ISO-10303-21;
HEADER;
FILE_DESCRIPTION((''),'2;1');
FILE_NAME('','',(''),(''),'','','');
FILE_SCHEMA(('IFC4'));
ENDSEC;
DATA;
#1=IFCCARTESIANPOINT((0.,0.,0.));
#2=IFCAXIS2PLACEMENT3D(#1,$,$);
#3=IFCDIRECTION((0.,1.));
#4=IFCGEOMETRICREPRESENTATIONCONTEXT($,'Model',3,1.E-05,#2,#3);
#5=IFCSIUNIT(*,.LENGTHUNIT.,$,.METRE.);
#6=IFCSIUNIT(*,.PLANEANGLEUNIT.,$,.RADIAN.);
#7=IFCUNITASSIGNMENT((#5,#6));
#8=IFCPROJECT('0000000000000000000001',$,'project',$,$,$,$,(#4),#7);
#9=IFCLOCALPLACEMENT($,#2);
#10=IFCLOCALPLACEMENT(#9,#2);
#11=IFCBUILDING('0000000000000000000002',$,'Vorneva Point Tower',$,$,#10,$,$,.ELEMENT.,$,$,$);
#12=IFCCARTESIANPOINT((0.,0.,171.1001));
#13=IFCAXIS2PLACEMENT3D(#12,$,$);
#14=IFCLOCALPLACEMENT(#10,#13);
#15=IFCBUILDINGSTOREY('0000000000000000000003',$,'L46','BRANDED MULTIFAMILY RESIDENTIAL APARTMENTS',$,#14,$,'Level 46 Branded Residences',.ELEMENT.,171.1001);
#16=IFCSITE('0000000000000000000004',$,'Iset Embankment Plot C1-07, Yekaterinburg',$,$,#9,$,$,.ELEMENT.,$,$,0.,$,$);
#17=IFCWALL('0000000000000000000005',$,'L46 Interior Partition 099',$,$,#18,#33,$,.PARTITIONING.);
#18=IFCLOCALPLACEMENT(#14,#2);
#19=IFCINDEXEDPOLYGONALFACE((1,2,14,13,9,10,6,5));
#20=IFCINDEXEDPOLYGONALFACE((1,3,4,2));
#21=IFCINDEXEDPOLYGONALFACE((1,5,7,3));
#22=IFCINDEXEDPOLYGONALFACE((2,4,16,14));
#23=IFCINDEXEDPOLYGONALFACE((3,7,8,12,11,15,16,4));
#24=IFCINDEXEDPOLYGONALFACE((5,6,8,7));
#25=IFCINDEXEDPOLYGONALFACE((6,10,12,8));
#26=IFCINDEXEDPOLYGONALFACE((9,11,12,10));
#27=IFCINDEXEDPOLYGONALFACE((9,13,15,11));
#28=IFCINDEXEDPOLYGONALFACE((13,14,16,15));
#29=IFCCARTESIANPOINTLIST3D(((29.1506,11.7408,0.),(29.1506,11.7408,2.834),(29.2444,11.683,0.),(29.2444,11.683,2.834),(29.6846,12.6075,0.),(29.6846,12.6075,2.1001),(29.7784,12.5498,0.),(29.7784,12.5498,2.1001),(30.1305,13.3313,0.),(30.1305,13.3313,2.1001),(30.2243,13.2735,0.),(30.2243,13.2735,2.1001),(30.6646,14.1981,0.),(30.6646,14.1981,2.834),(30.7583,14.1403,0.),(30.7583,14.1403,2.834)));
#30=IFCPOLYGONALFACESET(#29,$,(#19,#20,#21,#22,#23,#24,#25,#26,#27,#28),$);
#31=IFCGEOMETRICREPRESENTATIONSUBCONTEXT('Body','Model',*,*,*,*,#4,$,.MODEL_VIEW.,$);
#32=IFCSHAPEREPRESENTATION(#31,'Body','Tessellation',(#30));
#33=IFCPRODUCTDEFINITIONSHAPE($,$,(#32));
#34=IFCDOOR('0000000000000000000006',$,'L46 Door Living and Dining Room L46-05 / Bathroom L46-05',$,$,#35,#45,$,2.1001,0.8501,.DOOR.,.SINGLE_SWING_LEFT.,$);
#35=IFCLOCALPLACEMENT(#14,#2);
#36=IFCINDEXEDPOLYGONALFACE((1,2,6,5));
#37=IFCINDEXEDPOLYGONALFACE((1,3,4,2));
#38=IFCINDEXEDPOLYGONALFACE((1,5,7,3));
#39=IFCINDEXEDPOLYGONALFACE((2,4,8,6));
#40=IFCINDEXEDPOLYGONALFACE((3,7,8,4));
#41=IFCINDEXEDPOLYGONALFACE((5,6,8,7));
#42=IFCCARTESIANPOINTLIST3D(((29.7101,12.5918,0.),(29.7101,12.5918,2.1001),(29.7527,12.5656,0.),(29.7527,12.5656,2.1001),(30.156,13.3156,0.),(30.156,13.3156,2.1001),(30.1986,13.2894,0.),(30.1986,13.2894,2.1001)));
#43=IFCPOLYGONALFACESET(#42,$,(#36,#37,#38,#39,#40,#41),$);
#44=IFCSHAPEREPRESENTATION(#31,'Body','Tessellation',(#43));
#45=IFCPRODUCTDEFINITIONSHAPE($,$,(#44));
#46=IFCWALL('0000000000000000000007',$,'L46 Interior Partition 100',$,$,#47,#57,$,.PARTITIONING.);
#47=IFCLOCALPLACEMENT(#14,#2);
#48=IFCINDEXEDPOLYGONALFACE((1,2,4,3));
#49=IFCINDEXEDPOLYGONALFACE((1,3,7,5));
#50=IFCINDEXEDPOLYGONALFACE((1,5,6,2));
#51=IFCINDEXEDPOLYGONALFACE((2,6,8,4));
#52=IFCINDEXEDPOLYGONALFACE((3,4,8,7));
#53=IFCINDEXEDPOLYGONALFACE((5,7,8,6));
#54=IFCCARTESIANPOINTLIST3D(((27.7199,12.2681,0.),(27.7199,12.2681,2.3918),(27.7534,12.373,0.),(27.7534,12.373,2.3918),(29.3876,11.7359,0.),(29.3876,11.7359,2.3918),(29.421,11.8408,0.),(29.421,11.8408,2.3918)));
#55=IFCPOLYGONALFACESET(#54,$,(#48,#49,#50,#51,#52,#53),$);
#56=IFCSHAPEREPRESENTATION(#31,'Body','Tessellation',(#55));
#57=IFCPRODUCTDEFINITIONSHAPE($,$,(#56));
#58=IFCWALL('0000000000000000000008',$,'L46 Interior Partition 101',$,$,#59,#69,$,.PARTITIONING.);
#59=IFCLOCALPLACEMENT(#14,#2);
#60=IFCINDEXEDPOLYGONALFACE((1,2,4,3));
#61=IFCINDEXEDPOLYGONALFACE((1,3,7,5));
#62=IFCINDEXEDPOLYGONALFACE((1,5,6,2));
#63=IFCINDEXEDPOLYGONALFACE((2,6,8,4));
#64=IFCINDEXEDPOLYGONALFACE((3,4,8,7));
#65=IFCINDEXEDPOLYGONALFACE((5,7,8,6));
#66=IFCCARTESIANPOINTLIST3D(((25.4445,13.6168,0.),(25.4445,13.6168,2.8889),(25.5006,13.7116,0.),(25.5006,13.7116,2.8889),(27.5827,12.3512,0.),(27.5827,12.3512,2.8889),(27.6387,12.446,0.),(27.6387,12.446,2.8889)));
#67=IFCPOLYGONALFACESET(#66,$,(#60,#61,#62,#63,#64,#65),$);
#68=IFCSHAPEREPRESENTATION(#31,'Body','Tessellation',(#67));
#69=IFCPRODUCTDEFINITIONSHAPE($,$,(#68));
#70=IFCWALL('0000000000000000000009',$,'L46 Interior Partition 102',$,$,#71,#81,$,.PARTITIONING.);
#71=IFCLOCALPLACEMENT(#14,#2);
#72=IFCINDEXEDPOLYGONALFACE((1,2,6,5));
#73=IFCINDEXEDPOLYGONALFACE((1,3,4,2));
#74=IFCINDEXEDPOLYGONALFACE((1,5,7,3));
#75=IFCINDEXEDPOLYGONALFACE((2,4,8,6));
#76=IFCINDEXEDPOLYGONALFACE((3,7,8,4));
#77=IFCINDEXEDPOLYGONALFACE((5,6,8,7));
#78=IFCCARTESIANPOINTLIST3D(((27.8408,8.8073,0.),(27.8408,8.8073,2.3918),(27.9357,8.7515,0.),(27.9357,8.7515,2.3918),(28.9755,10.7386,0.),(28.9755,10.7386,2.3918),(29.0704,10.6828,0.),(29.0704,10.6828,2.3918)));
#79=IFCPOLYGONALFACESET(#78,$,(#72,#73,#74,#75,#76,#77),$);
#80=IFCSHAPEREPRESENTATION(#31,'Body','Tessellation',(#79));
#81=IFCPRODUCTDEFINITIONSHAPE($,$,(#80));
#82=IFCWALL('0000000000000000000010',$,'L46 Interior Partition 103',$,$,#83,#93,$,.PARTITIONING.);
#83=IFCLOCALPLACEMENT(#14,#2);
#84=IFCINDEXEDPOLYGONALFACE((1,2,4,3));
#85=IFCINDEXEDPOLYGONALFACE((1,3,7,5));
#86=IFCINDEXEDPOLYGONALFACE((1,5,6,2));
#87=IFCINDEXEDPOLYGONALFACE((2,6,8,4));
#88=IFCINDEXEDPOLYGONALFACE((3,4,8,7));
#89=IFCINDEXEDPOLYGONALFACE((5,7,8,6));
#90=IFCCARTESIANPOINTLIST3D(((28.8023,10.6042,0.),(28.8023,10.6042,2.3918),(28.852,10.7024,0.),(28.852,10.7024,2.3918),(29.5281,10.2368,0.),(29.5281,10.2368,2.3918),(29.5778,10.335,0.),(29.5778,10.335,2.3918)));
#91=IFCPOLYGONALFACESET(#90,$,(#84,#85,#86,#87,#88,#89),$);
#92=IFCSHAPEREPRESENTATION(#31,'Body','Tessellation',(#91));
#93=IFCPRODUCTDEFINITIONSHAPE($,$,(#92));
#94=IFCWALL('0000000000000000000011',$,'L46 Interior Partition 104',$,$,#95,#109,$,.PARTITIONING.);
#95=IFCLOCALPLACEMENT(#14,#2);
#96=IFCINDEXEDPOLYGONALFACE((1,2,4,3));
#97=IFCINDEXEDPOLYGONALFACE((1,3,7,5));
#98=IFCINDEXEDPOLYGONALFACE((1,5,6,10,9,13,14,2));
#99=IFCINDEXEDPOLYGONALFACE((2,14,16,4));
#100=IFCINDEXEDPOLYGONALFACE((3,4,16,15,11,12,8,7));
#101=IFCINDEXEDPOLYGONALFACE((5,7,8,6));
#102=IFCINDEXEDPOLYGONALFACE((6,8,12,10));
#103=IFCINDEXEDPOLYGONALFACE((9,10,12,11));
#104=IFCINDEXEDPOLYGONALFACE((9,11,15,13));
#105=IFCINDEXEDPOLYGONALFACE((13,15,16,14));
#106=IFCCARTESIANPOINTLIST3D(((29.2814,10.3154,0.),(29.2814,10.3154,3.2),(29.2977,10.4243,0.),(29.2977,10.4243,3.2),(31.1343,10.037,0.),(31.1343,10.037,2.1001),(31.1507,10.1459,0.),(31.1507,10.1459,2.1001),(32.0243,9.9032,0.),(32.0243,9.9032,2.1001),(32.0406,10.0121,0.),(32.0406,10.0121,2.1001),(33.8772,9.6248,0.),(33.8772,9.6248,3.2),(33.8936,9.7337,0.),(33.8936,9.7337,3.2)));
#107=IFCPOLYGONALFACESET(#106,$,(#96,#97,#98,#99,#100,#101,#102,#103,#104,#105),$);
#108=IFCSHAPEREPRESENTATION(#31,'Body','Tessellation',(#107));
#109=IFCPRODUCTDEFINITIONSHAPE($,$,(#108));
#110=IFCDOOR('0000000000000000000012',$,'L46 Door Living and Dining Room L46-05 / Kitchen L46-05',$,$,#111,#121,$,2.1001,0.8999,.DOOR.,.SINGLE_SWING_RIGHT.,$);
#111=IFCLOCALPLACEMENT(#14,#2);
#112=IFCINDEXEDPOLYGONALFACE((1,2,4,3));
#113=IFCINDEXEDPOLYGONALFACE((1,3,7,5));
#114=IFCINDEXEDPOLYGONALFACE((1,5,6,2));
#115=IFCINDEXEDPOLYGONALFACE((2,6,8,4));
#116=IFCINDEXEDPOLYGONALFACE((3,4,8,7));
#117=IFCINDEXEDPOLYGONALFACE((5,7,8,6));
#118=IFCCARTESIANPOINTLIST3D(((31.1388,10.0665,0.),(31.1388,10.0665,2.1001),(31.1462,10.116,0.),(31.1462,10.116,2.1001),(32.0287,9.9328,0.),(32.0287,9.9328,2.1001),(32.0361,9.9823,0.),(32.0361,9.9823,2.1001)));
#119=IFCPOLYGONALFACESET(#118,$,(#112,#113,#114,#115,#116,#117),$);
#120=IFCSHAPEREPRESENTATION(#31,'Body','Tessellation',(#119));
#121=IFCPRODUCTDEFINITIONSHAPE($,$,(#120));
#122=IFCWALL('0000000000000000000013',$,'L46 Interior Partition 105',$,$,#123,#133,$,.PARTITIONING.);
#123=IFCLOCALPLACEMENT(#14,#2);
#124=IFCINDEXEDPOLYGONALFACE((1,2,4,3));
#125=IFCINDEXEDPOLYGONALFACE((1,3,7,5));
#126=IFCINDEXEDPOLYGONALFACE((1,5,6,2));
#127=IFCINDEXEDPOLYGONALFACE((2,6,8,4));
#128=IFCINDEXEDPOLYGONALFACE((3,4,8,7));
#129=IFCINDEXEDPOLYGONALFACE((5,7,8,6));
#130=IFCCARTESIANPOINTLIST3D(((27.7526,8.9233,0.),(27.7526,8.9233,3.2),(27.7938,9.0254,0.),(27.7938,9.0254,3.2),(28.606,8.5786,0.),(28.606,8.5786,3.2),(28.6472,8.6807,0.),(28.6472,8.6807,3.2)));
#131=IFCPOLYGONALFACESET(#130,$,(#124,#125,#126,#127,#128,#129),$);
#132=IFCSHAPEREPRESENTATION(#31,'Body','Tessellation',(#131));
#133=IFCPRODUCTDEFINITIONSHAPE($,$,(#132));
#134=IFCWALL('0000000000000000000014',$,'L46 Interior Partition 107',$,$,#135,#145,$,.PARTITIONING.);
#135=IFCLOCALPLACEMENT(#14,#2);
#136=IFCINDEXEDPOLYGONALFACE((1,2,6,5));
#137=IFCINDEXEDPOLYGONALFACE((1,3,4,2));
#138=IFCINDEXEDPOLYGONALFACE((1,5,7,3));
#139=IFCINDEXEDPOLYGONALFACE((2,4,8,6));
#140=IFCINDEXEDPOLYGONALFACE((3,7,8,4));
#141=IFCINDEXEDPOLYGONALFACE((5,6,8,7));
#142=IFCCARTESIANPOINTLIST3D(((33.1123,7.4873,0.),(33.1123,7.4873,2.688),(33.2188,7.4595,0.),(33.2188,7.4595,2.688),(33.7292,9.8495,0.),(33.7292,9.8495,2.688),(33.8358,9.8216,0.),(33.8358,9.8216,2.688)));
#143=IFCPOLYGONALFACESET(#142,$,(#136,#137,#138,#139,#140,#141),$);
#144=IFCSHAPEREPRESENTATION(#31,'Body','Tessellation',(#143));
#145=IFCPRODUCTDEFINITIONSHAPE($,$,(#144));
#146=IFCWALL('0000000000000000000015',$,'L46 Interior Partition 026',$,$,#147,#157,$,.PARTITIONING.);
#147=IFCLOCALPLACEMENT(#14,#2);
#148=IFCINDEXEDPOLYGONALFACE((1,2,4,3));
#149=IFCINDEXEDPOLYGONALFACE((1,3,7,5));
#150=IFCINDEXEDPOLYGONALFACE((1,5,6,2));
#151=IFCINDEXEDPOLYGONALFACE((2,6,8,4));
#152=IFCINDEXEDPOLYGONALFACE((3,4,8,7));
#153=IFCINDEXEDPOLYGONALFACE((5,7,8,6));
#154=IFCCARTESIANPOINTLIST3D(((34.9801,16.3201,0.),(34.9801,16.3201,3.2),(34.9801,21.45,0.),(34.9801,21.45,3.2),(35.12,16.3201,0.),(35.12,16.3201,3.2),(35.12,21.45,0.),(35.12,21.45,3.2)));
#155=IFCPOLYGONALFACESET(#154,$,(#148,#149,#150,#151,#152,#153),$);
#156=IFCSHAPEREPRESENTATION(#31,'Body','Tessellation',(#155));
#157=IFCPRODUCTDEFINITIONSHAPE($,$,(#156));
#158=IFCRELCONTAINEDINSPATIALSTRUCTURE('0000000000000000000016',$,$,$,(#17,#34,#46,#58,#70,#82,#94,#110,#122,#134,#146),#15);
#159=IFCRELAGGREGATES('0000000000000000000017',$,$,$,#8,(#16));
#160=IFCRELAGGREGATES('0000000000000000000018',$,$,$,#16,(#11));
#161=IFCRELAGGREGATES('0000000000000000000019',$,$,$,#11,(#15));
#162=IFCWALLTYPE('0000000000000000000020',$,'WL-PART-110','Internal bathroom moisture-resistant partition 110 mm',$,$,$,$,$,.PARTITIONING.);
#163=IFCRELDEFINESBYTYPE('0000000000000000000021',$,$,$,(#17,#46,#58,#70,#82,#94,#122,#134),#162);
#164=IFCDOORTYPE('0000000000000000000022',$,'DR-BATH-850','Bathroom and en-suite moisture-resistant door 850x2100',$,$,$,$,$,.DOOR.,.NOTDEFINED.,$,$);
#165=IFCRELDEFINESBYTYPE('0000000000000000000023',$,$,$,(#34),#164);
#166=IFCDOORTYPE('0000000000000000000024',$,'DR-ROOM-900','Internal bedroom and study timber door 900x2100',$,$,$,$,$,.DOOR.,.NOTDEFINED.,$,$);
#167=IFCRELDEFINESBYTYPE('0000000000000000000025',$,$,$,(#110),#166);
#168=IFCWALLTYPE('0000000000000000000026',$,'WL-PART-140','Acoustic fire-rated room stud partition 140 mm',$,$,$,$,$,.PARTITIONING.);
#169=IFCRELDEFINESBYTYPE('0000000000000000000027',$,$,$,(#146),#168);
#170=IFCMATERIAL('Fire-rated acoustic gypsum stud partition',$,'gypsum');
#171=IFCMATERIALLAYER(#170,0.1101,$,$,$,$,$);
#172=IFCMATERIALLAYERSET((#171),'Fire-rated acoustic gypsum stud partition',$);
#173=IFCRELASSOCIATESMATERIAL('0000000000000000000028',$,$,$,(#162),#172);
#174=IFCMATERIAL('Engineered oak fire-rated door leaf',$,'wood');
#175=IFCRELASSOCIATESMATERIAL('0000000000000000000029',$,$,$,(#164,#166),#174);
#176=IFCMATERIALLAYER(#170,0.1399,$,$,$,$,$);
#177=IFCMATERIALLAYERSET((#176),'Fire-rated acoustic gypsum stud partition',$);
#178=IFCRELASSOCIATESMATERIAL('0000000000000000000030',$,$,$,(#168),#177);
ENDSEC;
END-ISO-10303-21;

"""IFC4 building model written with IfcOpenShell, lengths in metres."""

from ifc_helpers import new_model, si_unit, direction, frame, frame_2d, origin, place, context, subcontext, project, spatial, rectangle, extrude, material, layer, layer_set, type_object, element, fill, save


model = new_model("IFC4")

# Units and contexts
model_context = context("Model", 3, precision=1e-05, world=origin(), true_north=direction((0.0, 1.0)))
body_context = subcontext(model_context, "Body", "Model", "MODEL_VIEW")
ifc_project = project(units=[si_unit("LENGTHUNIT", "METRE"), si_unit("PLANEANGLEUNIT", "RADIAN")], contexts=[model_context])

# Site, building, storey
site_placement = place(None, origin())
site = spatial("IfcSite", under=ifc_project, at=site_placement, Name="Iset Embankment Plot C1-07, Yekaterinburg", CompositionType="ELEMENT", RefElevation=0.0)
building_placement = place(site_placement, origin())
building = spatial("IfcBuilding", under=site, at=building_placement, Name="Vorneva Point Tower", CompositionType="ELEMENT")
storey_placement = place(building_placement, frame((0.0, 0.0, 171.1001)))
storey = spatial("IfcBuildingStorey", under=building, at=storey_placement, Name="L46", Description="BRANDED MULTIFAMILY RESIDENTIAL APARTMENTS", LongName="Level 46 Branded Residences", CompositionType="ELEMENT", Elevation=171.1001)

# Wall, opening, door
ifc_material_1 = material(Name="Fire-rated acoustic gypsum stud partition", Category="gypsum")
ifc_layer_1 = layer(ifc_material_1, 0.1101)
ifc_layer_set_1 = layer_set([ifc_layer_1], Name="Fire-rated acoustic gypsum stud partition")
wall_type_1 = type_object("IfcWallType", Name="WL-PART-110", Description="Internal bathroom moisture-resistant partition 110 mm", PredefinedType="PARTITIONING", material=ifc_layer_set_1)
wall_1_placement = place(storey_placement, frame((30.7114, 14.1692, 0.0), z_axis=(0.0, 0.0, 1.0), x_axis=(-0.524536, -0.851388, 0.0)))
wall_1 = element("IfcWall", 1, at=wall_1_placement, inside=storey, type_object=wall_type_1, Name="L46 Interior Partition 099", PredefinedType="PARTITIONING", context=body_context, shape_type="SweptSolid", body=[
    extrude(rectangle(XDim=2.8862, YDim=0.1101, at=frame_2d((1.4431, 0.0))), origin(), (0.0, 0.0, 1.0), 2.834),
])
opening_1_placement = place(wall_1_placement, frame((1.0181, 0.0, 0.0)))
opening_1 = element("IfcOpeningElement", 2, at=opening_1_placement, cuts=wall_1, PredefinedType="OPENING", context=body_context, shape_type="SweptSolid", body=[
    extrude(rectangle(XDim=0.8501, YDim=2.1001, at=frame_2d((0.425, 1.05))), frame((0.0, 0.0698, 0.0), z_axis=(0.0, -1.0, 0.0), x_axis=(1.0, 0.0, 0.0)), (0.0, 0.0, 1.0), 0.1399),
])
ifc_material_2 = material(Name="Engineered oak fire-rated door leaf", Category="wood")
door_type_1 = type_object("IfcDoorType", Name="DR-BATH-850", Description="Bathroom and en-suite moisture-resistant door 850x2100", OperationType="NOTDEFINED", PredefinedType="DOOR", material=ifc_material_2)
door_1_placement = place(opening_1_placement, origin())
door_1 = element("IfcDoor", 3, at=door_1_placement, inside=storey, type_object=door_type_1, Name="L46 Door Living and Dining Room L46-05 / Bathroom L46-05", OperationType="SINGLE_SWING_LEFT", OverallHeight=2.1001, OverallWidth=0.8501, PredefinedType="DOOR", context=body_context, shape_type="SweptSolid", body=[
    extrude(rectangle(XDim=0.8501, YDim=2.1001, at=frame_2d((0.425, 1.05))), frame((0.0, 0.0249, 0.0), z_axis=(0.0, -1.0, 0.0), x_axis=(1.0, 0.0, 0.0)), (0.0, 0.0, 1.0), 0.05),
])
fill(opening_1, door_1)

# Walls
wall_2_placement = place(storey_placement, frame((29.4043, 11.7883, 0.0), z_axis=(0.0, 0.0, 1.0), x_axis=(-0.952664, 0.304027, 0.0)))
element("IfcWall", 4, at=wall_2_placement, inside=storey, type_object=wall_type_1, Name="L46 Interior Partition 100", PredefinedType="PARTITIONING", context=body_context, shape_type="SweptSolid", body=[
    extrude(rectangle(XDim=1.7505, YDim=0.1101, at=frame_2d((0.8752, 0.0))), origin(), (0.0, 0.0, 1.0), 2.3918),
])
wall_3_placement = place(storey_placement, frame((27.6106, 12.3987, 0.0), z_axis=(0.0, 0.0, 1.0), x_axis=(-0.860547, 0.509371, 0.0)))
element("IfcWall", 5, at=wall_3_placement, inside=storey, type_object=wall_type_1, Name="L46 Interior Partition 101", PredefinedType="PARTITIONING", context=body_context, shape_type="SweptSolid", body=[
    extrude(rectangle(XDim=2.4846, YDim=0.1101, at=frame_2d((1.2422, 0.0))), origin(), (0.0, 0.0, 1.0), 2.8889),
])
wall_4_placement = place(storey_placement, frame((27.8882, 8.7793, 0.0), z_axis=(0.0, 0.0, 1.0), x_axis=(0.506572, 0.862197, 0.0)))
element("IfcWall", 6, at=wall_4_placement, inside=storey, type_object=wall_type_1, Name="L46 Interior Partition 102", PredefinedType="PARTITIONING", context=body_context, shape_type="SweptSolid", body=[
    extrude(rectangle(XDim=2.24, YDim=0.1101, at=frame_2d((1.1201, 0.0))), origin(), (0.0, 0.0, 1.0), 2.3918),
])
wall_5_placement = place(storey_placement, frame((28.8271, 10.6533, 0.0), z_axis=(0.0, 0.0, 1.0), x_axis=(0.892195, -0.45165, 0.0)))
element("IfcWall", 7, at=wall_5_placement, inside=storey, type_object=wall_type_1, Name="L46 Interior Partition 103", PredefinedType="PARTITIONING", context=body_context, shape_type="SweptSolid", body=[
    extrude(rectangle(XDim=0.8135, YDim=0.1101, at=frame_2d((0.4067, 0.0))), origin(), (0.0, 0.0, 1.0), 2.3918),
])

# Wall, opening, door
wall_6_placement = place(storey_placement, frame((29.2896, 10.3699, 0.0), z_axis=(0.0, 0.0, 1.0), x_axis=(0.988896, -0.14861, 0.0)))
wall_6 = element("IfcWall", 8, at=wall_6_placement, inside=storey, type_object=wall_type_1, Name="L46 Interior Partition 104", PredefinedType="PARTITIONING", context=body_context, shape_type="SweptSolid", body=[
    extrude(rectangle(XDim=4.6475, YDim=0.1101, at=frame_2d((2.3237, 0.0))), origin(), (0.0, 0.0, 1.0), 3.2),
])
opening_2_placement = place(wall_6_placement, frame((1.8738, 0.0, 0.0)))
opening_2 = element("IfcOpeningElement", 9, at=opening_2_placement, cuts=wall_6, PredefinedType="OPENING", context=body_context, shape_type="SweptSolid", body=[
    extrude(rectangle(XDim=0.8999, YDim=2.1001, at=frame_2d((0.45, 1.05))), frame((0.0, 0.0698, 0.0), z_axis=(0.0, -1.0, 0.0), x_axis=(1.0, 0.0, 0.0)), (0.0, 0.0, 1.0), 0.1399),
])
door_type_2 = type_object("IfcDoorType", Name="DR-ROOM-900", Description="Internal bedroom and study timber door 900x2100", OperationType="NOTDEFINED", PredefinedType="DOOR", material=ifc_material_2)
door_2_placement = place(opening_2_placement, origin())
door_2 = element("IfcDoor", 10, at=door_2_placement, inside=storey, type_object=door_type_2, Name="L46 Door Living and Dining Room L46-05 / Kitchen L46-05", OperationType="SINGLE_SWING_RIGHT", OverallHeight=2.1001, OverallWidth=0.8999, PredefinedType="DOOR", context=body_context, shape_type="SweptSolid", body=[
    extrude(rectangle(XDim=0.8999, YDim=2.1001, at=frame_2d((0.45, 1.05))), frame((0.0, 0.0249, 0.0), z_axis=(0.0, -1.0, 0.0), x_axis=(1.0, 0.0, 0.0)), (0.0, 0.0, 1.0), 0.05),
])
fill(opening_2, door_2)

# Walls
wall_7_placement = place(storey_placement, frame((27.7732, 8.9744, 0.0), z_axis=(0.0, 0.0, 1.0), x_axis=(0.927228, -0.374498, 0.0)))
element("IfcWall", 11, at=wall_7_placement, inside=storey, type_object=wall_type_1, Name="L46 Interior Partition 105", PredefinedType="PARTITIONING", context=body_context, shape_type="SweptSolid", body=[
    extrude(rectangle(XDim=0.9204, YDim=0.1101, at=frame_2d((0.4602, 0.0))), origin(), (0.0, 0.0, 1.0), 3.2),
])
wall_8_placement = place(storey_placement, frame((33.1655, 7.4734, 0.0), z_axis=(0.0, 0.0, 1.0), x_axis=(0.252711, 0.967542, 0.0)))
element("IfcWall", 12, at=wall_8_placement, inside=storey, type_object=wall_type_1, Name="L46 Interior Partition 107", PredefinedType="PARTITIONING", context=body_context, shape_type="SweptSolid", body=[
    extrude(rectangle(XDim=2.4414, YDim=0.1101, at=frame_2d((1.2207, 0.0))), origin(), (0.0, 0.0, 1.0), 2.688),
])
ifc_layer_2 = layer(ifc_material_1, 0.1399)
ifc_layer_set_2 = layer_set([ifc_layer_2], Name="Fire-rated acoustic gypsum stud partition")
wall_type_2 = type_object("IfcWallType", Name="WL-PART-140", Description="Acoustic fire-rated room stud partition 140 mm", PredefinedType="PARTITIONING", material=ifc_layer_set_2)
wall_9_placement = place(storey_placement, frame((35.05, 16.3201, 0.0), z_axis=(0.0, 0.0, 1.0), x_axis=(0.0, 1.0, 0.0)))
element("IfcWall", 13, at=wall_9_placement, inside=storey, type_object=wall_type_2, Name="L46 Interior Partition 026", PredefinedType="PARTITIONING", context=body_context, shape_type="SweptSolid", body=[
    extrude(rectangle(XDim=5.1299, YDim=0.1399, at=frame_2d((2.5649, 0.0))), origin(), (0.0, 0.0, 1.0), 3.2),
])

save(model, "model.ifc")
